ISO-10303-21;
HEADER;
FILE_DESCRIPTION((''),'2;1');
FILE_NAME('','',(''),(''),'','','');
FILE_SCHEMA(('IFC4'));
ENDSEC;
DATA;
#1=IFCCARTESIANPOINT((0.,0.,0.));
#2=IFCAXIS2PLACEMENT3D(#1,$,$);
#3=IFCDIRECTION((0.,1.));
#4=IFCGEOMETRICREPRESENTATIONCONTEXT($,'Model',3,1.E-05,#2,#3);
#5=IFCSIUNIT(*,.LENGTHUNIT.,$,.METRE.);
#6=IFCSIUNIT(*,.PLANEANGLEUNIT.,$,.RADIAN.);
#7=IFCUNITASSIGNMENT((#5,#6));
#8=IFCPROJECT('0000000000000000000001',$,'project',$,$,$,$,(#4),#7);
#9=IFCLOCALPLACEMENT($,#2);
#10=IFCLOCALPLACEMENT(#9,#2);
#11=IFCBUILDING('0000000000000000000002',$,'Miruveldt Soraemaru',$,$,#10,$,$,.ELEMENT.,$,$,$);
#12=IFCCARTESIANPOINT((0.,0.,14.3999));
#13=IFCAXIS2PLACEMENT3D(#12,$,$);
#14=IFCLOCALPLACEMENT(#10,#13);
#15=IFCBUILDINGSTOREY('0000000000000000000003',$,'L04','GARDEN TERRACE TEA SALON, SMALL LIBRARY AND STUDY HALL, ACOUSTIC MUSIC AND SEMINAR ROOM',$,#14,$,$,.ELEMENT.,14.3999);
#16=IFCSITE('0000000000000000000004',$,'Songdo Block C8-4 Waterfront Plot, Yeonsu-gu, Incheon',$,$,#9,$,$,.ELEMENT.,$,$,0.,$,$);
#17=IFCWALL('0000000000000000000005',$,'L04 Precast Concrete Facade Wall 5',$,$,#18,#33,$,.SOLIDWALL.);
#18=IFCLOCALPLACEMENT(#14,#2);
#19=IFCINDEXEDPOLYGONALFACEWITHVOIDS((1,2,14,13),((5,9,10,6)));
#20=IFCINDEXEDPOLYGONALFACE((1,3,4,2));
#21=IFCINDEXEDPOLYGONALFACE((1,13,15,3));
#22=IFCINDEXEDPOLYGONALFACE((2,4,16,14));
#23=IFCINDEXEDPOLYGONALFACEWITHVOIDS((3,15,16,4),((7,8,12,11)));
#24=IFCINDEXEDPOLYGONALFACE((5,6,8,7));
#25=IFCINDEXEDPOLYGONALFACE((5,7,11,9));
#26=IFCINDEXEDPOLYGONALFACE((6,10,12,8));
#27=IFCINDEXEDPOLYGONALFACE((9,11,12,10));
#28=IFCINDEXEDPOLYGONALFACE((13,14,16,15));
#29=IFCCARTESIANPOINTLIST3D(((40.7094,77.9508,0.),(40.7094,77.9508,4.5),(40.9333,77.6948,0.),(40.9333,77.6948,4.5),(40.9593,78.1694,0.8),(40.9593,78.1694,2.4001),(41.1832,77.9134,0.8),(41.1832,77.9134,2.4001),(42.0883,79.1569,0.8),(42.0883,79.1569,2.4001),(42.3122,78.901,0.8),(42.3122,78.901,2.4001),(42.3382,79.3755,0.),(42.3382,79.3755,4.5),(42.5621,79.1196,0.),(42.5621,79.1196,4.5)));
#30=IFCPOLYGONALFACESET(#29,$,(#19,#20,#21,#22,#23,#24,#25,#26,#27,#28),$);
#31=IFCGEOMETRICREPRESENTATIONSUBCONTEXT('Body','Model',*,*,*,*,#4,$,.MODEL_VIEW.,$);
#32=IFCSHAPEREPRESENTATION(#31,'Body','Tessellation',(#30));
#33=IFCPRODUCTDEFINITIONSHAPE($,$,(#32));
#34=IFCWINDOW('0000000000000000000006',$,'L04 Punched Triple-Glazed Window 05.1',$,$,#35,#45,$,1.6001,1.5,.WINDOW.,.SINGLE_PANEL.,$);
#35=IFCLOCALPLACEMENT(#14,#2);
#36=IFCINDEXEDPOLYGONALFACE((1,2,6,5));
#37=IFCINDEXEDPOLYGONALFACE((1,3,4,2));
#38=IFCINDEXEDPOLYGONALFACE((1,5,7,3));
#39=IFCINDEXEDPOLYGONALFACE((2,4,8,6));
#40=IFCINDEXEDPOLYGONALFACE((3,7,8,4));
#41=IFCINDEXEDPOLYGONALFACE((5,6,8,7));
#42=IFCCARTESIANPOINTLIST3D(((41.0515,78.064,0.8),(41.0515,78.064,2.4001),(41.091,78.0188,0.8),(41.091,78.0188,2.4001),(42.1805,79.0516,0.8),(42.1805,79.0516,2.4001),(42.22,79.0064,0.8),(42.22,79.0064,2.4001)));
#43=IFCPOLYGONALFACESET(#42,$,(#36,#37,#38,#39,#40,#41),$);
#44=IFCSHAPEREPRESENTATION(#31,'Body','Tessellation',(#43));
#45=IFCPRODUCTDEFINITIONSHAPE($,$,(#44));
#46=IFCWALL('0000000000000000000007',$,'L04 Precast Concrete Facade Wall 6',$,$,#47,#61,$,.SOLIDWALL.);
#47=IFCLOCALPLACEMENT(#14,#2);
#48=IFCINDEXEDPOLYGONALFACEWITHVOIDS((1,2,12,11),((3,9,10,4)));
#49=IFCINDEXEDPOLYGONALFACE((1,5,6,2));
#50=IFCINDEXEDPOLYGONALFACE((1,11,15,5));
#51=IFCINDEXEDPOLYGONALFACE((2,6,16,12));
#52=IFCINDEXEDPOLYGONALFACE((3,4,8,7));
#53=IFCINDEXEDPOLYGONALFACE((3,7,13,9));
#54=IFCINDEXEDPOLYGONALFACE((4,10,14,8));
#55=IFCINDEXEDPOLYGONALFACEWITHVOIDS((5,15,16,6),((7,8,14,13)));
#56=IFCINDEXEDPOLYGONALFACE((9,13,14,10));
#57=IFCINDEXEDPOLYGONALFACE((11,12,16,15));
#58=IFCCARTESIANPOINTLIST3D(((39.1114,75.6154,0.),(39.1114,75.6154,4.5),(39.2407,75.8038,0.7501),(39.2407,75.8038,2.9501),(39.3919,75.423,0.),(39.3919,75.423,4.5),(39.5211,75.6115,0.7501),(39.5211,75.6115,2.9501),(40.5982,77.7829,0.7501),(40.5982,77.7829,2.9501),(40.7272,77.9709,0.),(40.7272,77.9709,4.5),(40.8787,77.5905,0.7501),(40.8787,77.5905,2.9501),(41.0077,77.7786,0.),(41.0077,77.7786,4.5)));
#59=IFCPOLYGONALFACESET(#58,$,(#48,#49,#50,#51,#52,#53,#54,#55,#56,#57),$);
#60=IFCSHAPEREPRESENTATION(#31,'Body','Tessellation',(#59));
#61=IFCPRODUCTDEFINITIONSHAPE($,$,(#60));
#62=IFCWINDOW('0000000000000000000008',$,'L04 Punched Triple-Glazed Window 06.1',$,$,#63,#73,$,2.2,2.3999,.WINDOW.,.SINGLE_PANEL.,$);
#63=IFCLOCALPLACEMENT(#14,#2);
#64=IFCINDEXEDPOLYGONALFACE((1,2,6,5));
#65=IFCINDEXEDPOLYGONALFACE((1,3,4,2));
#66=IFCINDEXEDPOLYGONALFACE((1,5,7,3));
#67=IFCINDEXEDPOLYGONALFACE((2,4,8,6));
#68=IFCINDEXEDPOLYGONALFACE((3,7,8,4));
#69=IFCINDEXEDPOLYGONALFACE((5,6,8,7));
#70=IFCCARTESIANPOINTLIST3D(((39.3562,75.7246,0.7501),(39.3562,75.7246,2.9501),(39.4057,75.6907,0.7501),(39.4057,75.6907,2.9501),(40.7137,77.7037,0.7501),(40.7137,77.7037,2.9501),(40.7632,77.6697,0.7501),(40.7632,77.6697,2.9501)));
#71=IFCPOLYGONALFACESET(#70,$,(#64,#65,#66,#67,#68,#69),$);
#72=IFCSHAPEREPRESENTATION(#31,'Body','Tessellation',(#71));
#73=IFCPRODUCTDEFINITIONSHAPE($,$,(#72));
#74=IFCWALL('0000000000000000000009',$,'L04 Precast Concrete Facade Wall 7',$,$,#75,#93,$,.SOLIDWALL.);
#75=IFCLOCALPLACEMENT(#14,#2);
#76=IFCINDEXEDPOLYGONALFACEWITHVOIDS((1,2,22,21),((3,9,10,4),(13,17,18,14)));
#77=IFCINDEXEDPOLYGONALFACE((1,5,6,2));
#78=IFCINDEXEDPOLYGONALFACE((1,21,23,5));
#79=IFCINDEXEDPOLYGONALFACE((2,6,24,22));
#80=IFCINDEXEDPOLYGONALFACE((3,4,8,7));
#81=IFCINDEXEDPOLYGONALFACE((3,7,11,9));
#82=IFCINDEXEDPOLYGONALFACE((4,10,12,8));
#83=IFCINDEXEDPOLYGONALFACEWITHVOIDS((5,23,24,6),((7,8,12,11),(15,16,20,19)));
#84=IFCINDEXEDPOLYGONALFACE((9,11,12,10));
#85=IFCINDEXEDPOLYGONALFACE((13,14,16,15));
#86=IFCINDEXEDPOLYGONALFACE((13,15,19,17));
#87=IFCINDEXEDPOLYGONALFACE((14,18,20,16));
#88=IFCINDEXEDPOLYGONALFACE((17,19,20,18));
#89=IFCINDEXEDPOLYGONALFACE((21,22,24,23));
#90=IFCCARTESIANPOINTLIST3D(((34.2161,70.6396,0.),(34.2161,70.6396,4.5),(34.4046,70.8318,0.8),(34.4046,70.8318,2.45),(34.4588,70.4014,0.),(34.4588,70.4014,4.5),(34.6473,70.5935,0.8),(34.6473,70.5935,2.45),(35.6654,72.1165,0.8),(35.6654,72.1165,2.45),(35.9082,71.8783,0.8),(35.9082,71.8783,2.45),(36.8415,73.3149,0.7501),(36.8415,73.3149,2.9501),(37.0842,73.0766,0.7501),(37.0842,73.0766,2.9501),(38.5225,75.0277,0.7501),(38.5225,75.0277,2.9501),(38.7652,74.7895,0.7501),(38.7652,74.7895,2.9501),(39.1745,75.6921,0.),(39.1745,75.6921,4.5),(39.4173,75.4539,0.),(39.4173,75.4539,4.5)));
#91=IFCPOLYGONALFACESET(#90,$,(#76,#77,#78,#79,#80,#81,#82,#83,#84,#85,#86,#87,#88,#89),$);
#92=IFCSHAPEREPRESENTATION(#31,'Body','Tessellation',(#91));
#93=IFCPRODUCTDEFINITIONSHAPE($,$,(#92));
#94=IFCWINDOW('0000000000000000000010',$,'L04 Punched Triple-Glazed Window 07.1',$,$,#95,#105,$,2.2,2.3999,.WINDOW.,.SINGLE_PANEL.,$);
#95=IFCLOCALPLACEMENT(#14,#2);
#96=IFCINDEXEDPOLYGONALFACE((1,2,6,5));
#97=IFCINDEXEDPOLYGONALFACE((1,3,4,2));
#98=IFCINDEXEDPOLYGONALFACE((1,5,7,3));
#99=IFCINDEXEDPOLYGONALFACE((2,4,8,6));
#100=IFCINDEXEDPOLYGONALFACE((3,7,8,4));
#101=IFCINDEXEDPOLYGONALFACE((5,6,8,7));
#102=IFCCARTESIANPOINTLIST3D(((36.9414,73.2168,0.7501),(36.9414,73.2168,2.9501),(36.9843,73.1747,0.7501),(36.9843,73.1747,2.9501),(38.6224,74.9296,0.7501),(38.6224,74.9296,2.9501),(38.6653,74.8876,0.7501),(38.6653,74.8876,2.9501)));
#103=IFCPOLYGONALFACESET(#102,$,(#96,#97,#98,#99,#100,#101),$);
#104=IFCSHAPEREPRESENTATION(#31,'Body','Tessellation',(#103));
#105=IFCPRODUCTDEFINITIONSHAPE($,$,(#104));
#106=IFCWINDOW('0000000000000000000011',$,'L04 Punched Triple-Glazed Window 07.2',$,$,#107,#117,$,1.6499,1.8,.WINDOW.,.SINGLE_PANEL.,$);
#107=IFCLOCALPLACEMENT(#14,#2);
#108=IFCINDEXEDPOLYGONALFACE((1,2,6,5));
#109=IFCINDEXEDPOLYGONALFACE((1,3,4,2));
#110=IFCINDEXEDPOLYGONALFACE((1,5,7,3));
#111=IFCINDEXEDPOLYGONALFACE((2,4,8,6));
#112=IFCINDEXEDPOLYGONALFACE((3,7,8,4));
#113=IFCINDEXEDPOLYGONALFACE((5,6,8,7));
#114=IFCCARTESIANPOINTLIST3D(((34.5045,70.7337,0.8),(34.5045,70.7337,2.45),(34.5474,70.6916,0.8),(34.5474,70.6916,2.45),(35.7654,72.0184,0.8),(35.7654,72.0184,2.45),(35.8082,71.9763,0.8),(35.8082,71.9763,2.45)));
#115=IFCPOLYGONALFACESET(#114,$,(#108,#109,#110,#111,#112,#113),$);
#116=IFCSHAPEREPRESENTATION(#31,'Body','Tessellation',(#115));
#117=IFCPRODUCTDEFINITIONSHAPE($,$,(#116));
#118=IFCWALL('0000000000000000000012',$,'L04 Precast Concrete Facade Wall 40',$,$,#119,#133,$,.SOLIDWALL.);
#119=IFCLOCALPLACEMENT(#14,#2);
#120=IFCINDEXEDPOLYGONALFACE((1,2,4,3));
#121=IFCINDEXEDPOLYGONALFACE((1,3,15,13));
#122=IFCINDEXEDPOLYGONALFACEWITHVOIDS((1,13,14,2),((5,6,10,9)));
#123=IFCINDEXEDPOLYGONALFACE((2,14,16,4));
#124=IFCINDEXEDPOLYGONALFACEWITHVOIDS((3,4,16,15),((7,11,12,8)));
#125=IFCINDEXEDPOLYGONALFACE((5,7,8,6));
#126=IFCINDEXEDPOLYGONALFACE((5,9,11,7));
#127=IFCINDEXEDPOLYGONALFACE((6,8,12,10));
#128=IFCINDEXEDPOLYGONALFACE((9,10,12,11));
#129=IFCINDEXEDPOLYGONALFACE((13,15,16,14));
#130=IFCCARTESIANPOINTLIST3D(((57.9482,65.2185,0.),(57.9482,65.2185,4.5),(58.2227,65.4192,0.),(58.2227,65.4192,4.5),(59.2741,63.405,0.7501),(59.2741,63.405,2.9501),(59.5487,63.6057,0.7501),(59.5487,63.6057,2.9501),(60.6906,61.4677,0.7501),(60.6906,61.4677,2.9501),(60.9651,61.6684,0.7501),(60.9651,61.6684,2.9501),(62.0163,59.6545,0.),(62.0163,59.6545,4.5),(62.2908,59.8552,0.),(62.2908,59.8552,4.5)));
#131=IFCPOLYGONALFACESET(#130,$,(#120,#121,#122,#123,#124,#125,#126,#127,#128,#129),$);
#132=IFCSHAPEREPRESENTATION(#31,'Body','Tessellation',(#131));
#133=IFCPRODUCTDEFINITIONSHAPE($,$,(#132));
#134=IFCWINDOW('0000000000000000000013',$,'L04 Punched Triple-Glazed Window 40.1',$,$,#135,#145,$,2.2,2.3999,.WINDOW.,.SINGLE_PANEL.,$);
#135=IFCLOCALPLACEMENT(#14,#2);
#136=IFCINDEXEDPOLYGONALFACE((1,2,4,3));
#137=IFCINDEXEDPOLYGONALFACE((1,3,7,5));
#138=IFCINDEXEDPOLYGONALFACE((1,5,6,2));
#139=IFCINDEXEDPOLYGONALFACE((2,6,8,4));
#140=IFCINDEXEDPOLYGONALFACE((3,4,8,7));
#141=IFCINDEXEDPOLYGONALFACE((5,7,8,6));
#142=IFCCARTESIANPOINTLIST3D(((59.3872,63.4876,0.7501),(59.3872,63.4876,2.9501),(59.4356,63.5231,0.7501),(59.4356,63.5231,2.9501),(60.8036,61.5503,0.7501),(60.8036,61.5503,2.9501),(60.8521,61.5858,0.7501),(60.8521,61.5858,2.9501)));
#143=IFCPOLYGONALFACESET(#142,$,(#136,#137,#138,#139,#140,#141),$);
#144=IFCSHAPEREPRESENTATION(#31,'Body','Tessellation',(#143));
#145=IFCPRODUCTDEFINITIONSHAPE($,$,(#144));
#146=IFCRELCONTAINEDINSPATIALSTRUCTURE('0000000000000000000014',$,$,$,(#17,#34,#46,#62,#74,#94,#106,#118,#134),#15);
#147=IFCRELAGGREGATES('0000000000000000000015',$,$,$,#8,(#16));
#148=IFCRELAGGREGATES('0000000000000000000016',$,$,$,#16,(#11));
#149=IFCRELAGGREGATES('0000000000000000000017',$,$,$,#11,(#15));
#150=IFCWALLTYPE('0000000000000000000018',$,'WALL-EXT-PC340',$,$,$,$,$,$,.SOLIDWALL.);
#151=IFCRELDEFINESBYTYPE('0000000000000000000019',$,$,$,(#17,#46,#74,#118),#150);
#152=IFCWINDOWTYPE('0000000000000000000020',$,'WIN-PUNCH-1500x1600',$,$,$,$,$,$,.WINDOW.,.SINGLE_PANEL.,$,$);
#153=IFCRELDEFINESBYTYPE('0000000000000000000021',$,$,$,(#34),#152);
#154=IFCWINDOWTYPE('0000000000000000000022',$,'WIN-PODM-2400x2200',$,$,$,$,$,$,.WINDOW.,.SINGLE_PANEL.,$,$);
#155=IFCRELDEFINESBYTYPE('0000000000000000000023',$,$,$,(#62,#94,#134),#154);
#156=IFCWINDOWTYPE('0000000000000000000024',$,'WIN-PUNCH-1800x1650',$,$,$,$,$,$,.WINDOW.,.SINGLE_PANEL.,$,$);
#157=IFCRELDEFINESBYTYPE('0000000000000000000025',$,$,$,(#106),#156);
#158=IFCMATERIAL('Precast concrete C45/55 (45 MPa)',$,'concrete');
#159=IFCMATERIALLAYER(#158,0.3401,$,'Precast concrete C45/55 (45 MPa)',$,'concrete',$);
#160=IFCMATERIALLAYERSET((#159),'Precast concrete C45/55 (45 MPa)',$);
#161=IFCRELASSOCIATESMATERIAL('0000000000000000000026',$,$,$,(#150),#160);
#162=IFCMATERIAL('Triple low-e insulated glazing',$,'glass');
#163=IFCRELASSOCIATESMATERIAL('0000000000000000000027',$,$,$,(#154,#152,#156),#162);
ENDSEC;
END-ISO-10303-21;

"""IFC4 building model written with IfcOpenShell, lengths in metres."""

from ifc_helpers import new_model, si_unit, direction, frame, frame_2d, origin, place, context, subcontext, project, spatial, rectangle, extrude, material, layer, layer_set, type_object, element, fill, save


model = new_model("IFC4")

# Units and contexts
model_context = context("Model", 3, precision=1e-05, world=origin(), true_north=direction((0.0, 1.0)))
body_context = subcontext(model_context, "Body", "Model", "MODEL_VIEW")
ifc_project = project(units=[si_unit("LENGTHUNIT", "METRE"), si_unit("PLANEANGLEUNIT", "RADIAN")], contexts=[model_context])

# Site, building, storey
site_placement = place(None, origin())
site = spatial("IfcSite", under=ifc_project, at=site_placement, Name="Songdo Block C8-4 Waterfront Plot, Yeonsu-gu, Incheon", CompositionType="ELEMENT", RefElevation=0.0)
building_placement = place(site_placement, origin())
building = spatial("IfcBuilding", under=site, at=building_placement, Name="Miruveldt Soraemaru", CompositionType="ELEMENT")
storey_placement = place(building_placement, frame((0.0, 0.0, 14.3999)))
storey = spatial("IfcBuildingStorey", under=building, at=storey_placement, Name="L04", Description="GARDEN TERRACE TEA SALON, SMALL LIBRARY AND STUDY HALL, ACOUSTIC MUSIC AND SEMINAR ROOM", CompositionType="ELEMENT", Elevation=14.3999)

# Walls, openings, windows
ifc_material_1 = material(Name="Precast concrete C45/55 (45 MPa)", Category="concrete")
ifc_layer_1 = layer(ifc_material_1, 0.3401, Name="Precast concrete C45/55 (45 MPa)", Category="concrete")
ifc_layer_set_1 = layer_set([ifc_layer_1], Name="Precast concrete C45/55 (45 MPa)")
wall_type_1 = type_object("IfcWallType", Name="WALL-EXT-PC340", PredefinedType="SOLIDWALL", material=ifc_layer_set_1)
ifc_material_2 = material(Name="Triple low-e insulated glazing", Category="glass")
window_type_1 = type_object("IfcWindowType", Name="WIN-PODM-2400x2200", PartitioningType="SINGLE_PANEL", PredefinedType="WINDOW", material=ifc_material_2)
window_type_2 = type_object("IfcWindowType", Name="WIN-PUNCH-1500x1600", PartitioningType="SINGLE_PANEL", PredefinedType="WINDOW", material=ifc_material_2)
wall_1_placement = place(storey_placement, frame((42.4502, 79.2476, 0.0), z_axis=(0.0, 0.0, 1.0), x_axis=(-0.752688, -0.658377, 0.0)))
wall_1 = element("IfcWall", 1, at=wall_1_placement, inside=storey, type_object=wall_type_1, Name="L04 Precast Concrete Facade Wall 5", PredefinedType="SOLIDWALL", context=body_context, shape_type="SweptSolid", body=[
    extrude(rectangle(XDim=2.1641, YDim=0.3401, at=frame_2d((1.082, 0.0))), origin(), (0.0, 0.0, 1.0), 4.5),
])
opening_1_placement = place(wall_1_placement, frame((0.332, 0.0, 0.8)))
opening_1 = element("IfcOpeningElement", 2, at=opening_1_placement, cuts=wall_1, PredefinedType="OPENING", context=body_context, shape_type="SweptSolid", body=[
    extrude(rectangle(XDim=1.5, YDim=1.6001, at=frame_2d((0.75, 0.8))), frame((0.0, 0.1802, 0.0), z_axis=(0.0, -1.0, 0.0), x_axis=(1.0, 0.0, 0.0)), (0.0, 0.0, 1.0), 0.3601),
])
window_1_placement = place(opening_1_placement, origin())
window_1 = element("IfcWindow", 3, at=window_1_placement, inside=storey, type_object=window_type_2, Name="L04 Punched Triple-Glazed Window 05.1", OverallHeight=1.6001, OverallWidth=1.5, PartitioningType="SINGLE_PANEL", PredefinedType="WINDOW", context=body_context, shape_type="SweptSolid", body=[
    extrude(rectangle(XDim=1.5, YDim=1.6001, at=frame_2d((0.75, 0.8))), frame((0.0, 0.03, 0.0), z_axis=(0.0, -1.0, 0.0), x_axis=(1.0, 0.0, 0.0)), (0.0, 0.0, 1.0), 0.0601),
])
fill(opening_1, window_1)
wall_2_placement = place(storey_placement, frame((40.8674, 77.8748, 0.0), z_axis=(0.0, 0.0, 1.0), x_axis=(-0.565658, -0.82464, 0.0)))
wall_2 = element("IfcWall", 4, at=wall_2_placement, inside=storey, type_object=wall_type_1, Name="L04 Precast Concrete Facade Wall 6", PredefinedType="SOLIDWALL", context=body_context, shape_type="SweptSolid", body=[
    extrude(rectangle(XDim=2.8564, YDim=0.3401, at=frame_2d((1.4282, 0.0))), origin(), (0.0, 0.0, 1.0), 4.5),
])
opening_2_placement = place(wall_2_placement, frame((0.228, 0.0, 0.75)))
opening_2 = element("IfcOpeningElement", 5, at=opening_2_placement, cuts=wall_2, PredefinedType="OPENING", context=body_context, shape_type="SweptSolid", body=[
    extrude(rectangle(XDim=2.3999, YDim=2.2, at=frame_2d((1.2, 1.1001))), frame((0.0, 0.1802, 0.0), z_axis=(0.0, -1.0, 0.0), x_axis=(1.0, 0.0, 0.0)), (0.0, 0.0, 1.0), 0.3601),
])
window_2_placement = place(opening_2_placement, origin())
window_2 = element("IfcWindow", 6, at=window_2_placement, inside=storey, type_object=window_type_1, Name="L04 Punched Triple-Glazed Window 06.1", OverallHeight=2.2, OverallWidth=2.3999, PartitioningType="SINGLE_PANEL", PredefinedType="WINDOW", context=body_context, shape_type="SweptSolid", body=[
    extrude(rectangle(XDim=2.3999, YDim=2.2, at=frame_2d((1.2, 1.1001))), frame((0.0, 0.03, 0.0), z_axis=(0.0, -1.0, 0.0), x_axis=(1.0, 0.0, 0.0)), (0.0, 0.0, 1.0), 0.0601),
])
fill(opening_2, window_2)

# Wall, openings, windows
wall_3_placement = place(storey_placement, frame((39.2959, 75.573, 0.0), z_axis=(0.0, 0.0, 1.0), x_axis=(-0.700437, -0.713714, 0.0)))
wall_3 = element("IfcWall", 7, at=wall_3_placement, inside=storey, type_object=wall_type_1, Name="L04 Precast Concrete Facade Wall 7", PredefinedType="SOLIDWALL", context=body_context, shape_type="SweptSolid", body=[
    extrude(rectangle(XDim=7.0791, YDim=0.3401, at=frame_2d((3.5396, 0.0))), origin(), (0.0, 0.0, 1.0), 4.5),
])
opening_3_placement = place(wall_3_placement, frame((0.9309, 0.0, 0.75)))
opening_3 = element("IfcOpeningElement", 8, at=opening_3_placement, cuts=wall_3, PredefinedType="OPENING", context=body_context, shape_type="SweptSolid", body=[
    extrude(rectangle(XDim=2.3999, YDim=2.2, at=frame_2d((1.2, 1.1001))), frame((0.0, 0.1802, 0.0), z_axis=(0.0, -1.0, 0.0), x_axis=(1.0, 0.0, 0.0)), (0.0, 0.0, 1.0), 0.3601),
])
opening_4_placement = place(wall_3_placement, frame((5.01, 0.0, 0.8)))
opening_4 = element("IfcOpeningElement", 9, at=opening_4_placement, cuts=wall_3, PredefinedType="OPENING", context=body_context, shape_type="SweptSolid", body=[
    extrude(rectangle(XDim=1.8, YDim=1.6499, at=frame_2d((0.8999, 0.825))), frame((0.0, 0.1802, 0.0), z_axis=(0.0, -1.0, 0.0), x_axis=(1.0, 0.0, 0.0)), (0.0, 0.0, 1.0), 0.3601),
])
window_3_placement = place(opening_3_placement, origin())
window_3 = element("IfcWindow", 10, at=window_3_placement, inside=storey, type_object=window_type_1, Name="L04 Punched Triple-Glazed Window 07.1", OverallHeight=2.2, OverallWidth=2.3999, PartitioningType="SINGLE_PANEL", PredefinedType="WINDOW", context=body_context, shape_type="SweptSolid", body=[
    extrude(rectangle(XDim=2.3999, YDim=2.2, at=frame_2d((1.2, 1.1001))), frame((0.0, 0.03, 0.0), z_axis=(0.0, -1.0, 0.0), x_axis=(1.0, 0.0, 0.0)), (0.0, 0.0, 1.0), 0.0601),
])
fill(opening_3, window_3)
window_type_3 = type_object("IfcWindowType", Name="WIN-PUNCH-1800x1650", PartitioningType="SINGLE_PANEL", PredefinedType="WINDOW", material=ifc_material_2)
window_4_placement = place(opening_4_placement, origin())
window_4 = element("IfcWindow", 11, at=window_4_placement, inside=storey, type_object=window_type_3, Name="L04 Punched Triple-Glazed Window 07.2", OverallHeight=1.6499, OverallWidth=1.8, PartitioningType="SINGLE_PANEL", PredefinedType="WINDOW", context=body_context, shape_type="SweptSolid", body=[
    extrude(rectangle(XDim=1.8, YDim=1.6499, at=frame_2d((0.8999, 0.825))), frame((0.0, 0.03, 0.0), z_axis=(0.0, -1.0, 0.0), x_axis=(1.0, 0.0, 0.0)), (0.0, 0.0, 1.0), 0.0601),
])
fill(opening_4, window_4)

# Wall, opening, window
wall_4_placement = place(storey_placement, frame((62.1536, 59.7549, 0.0), z_axis=(0.0, 0.0, 1.0), x_axis=(-0.590219, 0.807243, 0.0)))
wall_4 = element("IfcWall", 12, at=wall_4_placement, inside=storey, type_object=wall_type_1, Name="L04 Precast Concrete Facade Wall 40", PredefinedType="SOLIDWALL", context=body_context, shape_type="SweptSolid", body=[
    extrude(rectangle(XDim=6.8926, YDim=0.3401, at=frame_2d((3.4463, 0.0))), origin(), (0.0, 0.0, 1.0), 4.5),
])
opening_5_placement = place(wall_4_placement, frame((2.2461, 0.0, 0.75)))
opening_5 = element("IfcOpeningElement", 13, at=opening_5_placement, cuts=wall_4, PredefinedType="OPENING", context=body_context, shape_type="SweptSolid", body=[
    extrude(rectangle(XDim=2.3999, YDim=2.2, at=frame_2d((1.2, 1.1001))), frame((0.0, 0.1802, 0.0), z_axis=(0.0, -1.0, 0.0), x_axis=(1.0, 0.0, 0.0)), (0.0, 0.0, 1.0), 0.3601),
])
window_5_placement = place(opening_5_placement, origin())
window_5 = element("IfcWindow", 14, at=window_5_placement, inside=storey, type_object=window_type_1, Name="L04 Punched Triple-Glazed Window 40.1", OverallHeight=2.2, OverallWidth=2.3999, PartitioningType="SINGLE_PANEL", PredefinedType="WINDOW", context=body_context, shape_type="SweptSolid", body=[
    extrude(rectangle(XDim=2.3999, YDim=2.2, at=frame_2d((1.2, 1.1001))), frame((0.0, 0.03, 0.0), z_axis=(0.0, -1.0, 0.0), x_axis=(1.0, 0.0, 0.0)), (0.0, 0.0, 1.0), 0.0601),
])
fill(opening_5, window_5)

save(model, "model.ifc")
